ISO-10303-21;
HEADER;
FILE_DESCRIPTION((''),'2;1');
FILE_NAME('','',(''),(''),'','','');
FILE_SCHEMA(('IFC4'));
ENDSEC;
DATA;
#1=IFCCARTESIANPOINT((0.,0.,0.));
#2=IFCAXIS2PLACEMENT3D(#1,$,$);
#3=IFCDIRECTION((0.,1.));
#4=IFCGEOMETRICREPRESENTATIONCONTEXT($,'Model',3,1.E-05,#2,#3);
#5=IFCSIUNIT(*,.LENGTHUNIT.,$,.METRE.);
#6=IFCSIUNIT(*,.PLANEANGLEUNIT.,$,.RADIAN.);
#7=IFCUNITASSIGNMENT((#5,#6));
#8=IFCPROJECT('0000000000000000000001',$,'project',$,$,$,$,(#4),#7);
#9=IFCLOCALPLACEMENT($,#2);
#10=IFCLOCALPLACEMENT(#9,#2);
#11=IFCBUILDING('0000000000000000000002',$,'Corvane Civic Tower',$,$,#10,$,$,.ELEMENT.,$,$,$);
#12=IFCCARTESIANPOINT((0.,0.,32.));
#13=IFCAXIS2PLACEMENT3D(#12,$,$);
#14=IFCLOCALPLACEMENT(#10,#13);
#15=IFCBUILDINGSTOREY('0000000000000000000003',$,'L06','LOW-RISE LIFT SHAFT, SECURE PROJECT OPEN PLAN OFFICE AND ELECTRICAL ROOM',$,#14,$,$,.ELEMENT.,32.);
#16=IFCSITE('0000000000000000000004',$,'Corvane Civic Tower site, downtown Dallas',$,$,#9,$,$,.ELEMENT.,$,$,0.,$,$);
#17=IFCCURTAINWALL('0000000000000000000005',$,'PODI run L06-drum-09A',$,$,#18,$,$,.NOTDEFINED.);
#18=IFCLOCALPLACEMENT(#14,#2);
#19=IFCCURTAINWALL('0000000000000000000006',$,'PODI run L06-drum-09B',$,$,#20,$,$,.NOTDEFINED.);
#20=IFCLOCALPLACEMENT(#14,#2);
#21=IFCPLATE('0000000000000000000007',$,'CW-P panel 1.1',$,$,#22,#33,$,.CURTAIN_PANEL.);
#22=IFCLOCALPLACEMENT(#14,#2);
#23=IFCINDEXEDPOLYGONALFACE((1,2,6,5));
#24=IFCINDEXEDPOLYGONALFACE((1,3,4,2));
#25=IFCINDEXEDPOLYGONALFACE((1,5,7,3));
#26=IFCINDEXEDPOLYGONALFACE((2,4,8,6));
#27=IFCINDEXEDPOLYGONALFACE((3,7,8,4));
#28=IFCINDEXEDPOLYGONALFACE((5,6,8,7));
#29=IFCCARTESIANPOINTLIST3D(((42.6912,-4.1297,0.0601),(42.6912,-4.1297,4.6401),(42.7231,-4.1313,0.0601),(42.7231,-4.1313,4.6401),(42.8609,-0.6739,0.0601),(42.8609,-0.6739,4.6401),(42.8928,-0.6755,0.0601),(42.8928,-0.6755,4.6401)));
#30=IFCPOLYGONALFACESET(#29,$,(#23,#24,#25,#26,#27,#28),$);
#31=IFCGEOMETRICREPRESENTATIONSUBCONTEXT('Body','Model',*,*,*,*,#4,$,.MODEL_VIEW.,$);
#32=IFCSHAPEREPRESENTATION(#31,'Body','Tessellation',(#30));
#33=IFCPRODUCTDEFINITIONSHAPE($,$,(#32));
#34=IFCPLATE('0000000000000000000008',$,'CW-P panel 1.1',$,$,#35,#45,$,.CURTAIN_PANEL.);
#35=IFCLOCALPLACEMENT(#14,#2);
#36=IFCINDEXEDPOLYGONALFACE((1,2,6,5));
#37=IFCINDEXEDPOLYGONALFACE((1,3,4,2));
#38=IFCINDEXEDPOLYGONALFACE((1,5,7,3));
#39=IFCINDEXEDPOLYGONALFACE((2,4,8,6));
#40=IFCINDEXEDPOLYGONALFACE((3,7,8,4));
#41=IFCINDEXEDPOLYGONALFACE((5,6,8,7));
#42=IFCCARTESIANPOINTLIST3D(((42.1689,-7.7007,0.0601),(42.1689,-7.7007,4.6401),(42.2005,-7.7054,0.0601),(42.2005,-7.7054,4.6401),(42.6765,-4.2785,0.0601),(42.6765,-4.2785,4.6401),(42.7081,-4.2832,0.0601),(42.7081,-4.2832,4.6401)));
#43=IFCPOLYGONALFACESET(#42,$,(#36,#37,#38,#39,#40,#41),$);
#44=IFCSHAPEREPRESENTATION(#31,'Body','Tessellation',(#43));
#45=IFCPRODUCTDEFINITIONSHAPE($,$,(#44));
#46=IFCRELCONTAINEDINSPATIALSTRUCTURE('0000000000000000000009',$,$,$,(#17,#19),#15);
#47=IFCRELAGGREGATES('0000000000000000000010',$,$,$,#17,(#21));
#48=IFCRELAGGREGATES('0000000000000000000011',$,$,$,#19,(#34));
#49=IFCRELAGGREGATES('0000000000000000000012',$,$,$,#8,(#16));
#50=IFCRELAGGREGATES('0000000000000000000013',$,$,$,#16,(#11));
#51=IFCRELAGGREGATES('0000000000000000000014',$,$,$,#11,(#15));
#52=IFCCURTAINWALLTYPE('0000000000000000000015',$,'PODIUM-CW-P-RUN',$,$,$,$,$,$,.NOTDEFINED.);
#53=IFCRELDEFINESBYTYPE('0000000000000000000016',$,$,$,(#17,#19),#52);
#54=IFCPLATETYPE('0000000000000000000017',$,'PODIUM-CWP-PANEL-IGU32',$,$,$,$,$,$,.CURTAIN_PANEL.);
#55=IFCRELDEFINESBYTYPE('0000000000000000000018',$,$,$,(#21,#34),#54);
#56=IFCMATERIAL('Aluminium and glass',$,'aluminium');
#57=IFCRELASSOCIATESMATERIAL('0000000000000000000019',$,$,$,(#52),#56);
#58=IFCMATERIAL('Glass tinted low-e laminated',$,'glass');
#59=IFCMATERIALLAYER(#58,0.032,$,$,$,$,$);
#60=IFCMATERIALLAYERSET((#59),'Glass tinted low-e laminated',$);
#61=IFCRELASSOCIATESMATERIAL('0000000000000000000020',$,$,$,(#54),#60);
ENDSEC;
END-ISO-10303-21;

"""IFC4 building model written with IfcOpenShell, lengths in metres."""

from ifc_helpers import new_model, si_unit, direction, frame, origin, origin_2d, place, context, subcontext, project, spatial, rectangle, extrude, material, layer, layer_set, type_object, element, aggregate, save


model = new_model("IFC4")

# Units and contexts
model_context = context("Model", 3, precision=1e-05, world=origin(), true_north=direction((0.0, 1.0)))
body_context = subcontext(model_context, "Body", "Model", "MODEL_VIEW")
ifc_project = project(units=[si_unit("LENGTHUNIT", "METRE"), si_unit("PLANEANGLEUNIT", "RADIAN")], contexts=[model_context])

# Site, building, storey
site_placement = place(None, origin())
site = spatial("IfcSite", under=ifc_project, at=site_placement, Name="Corvane Civic Tower site, downtown Dallas", CompositionType="ELEMENT", RefElevation=0.0)
building_placement = place(site_placement, origin())
building = spatial("IfcBuilding", under=site, at=building_placement, Name="Corvane Civic Tower", CompositionType="ELEMENT")
storey_placement = place(building_placement, frame((0.0, 0.0, 32.0)))
storey = spatial("IfcBuildingStorey", under=building, at=storey_placement, Name="L06", Description="LOW-RISE LIFT SHAFT, SECURE PROJECT OPEN PLAN OFFICE AND ELECTRICAL ROOM", CompositionType="ELEMENT", Elevation=32.0)

# Curtain walls
ifc_material_1 = material(Name="Aluminium and glass", Category="aluminium")
curtain_wall_type = type_object("IfcCurtainWallType", Name="PODIUM-CW-P-RUN", PredefinedType="NOTDEFINED", material=ifc_material_1)
curtain_wall_1_placement = place(storey_placement, origin())
curtain_wall_1 = element("IfcCurtainWall", 1, at=curtain_wall_1_placement, inside=storey, type_object=curtain_wall_type, Name="PODI run L06-drum-09A", PredefinedType="NOTDEFINED")
curtain_wall_2_placement = place(storey_placement, origin())
curtain_wall_2 = element("IfcCurtainWall", 2, at=curtain_wall_2_placement, inside=storey, type_object=curtain_wall_type, Name="PODI run L06-drum-09B", PredefinedType="NOTDEFINED")

# Plates
ifc_material_2 = material(Name="Glass tinted low-e laminated", Category="glass")
ifc_layer_1 = layer(ifc_material_2, 0.032)
ifc_layer_set_1 = layer_set([ifc_layer_1], Name="Glass tinted low-e laminated")
plate_type = type_object("IfcPlateType", Name="PODIUM-CWP-PANEL-IGU32", PredefinedType="CURTAIN_PANEL", material=ifc_layer_set_1)
plate_1_placement = place(storey_placement, frame((42.792, -2.4026, 0.0601), z_axis=(0.0, 0.0, 1.0), x_axis=(-0.04905, -0.998796, 0.0)))
plate_1 = element("IfcPlate", 3, at=plate_1_placement, type_object=plate_type, Name="CW-P panel 1.1", PredefinedType="CURTAIN_PANEL", context=body_context, shape_type="SweptSolid", body=[
    extrude(rectangle(XDim=3.46, YDim=0.032, at=origin_2d()), origin(), (0.0, 0.0, 1.0), 4.5801),
])
aggregate(curtain_wall_1, [plate_1])
plate_2_placement = place(storey_placement, frame((42.4385, -5.9919, 0.0601), z_axis=(0.0, 0.0, 1.0), x_axis=(-0.146715, -0.989179, 0.0)))
plate_2 = element("IfcPlate", 4, at=plate_2_placement, type_object=plate_type, Name="CW-P panel 1.1", PredefinedType="CURTAIN_PANEL", context=body_context, shape_type="SweptSolid", body=[
    extrude(rectangle(XDim=3.4597, YDim=0.032, at=origin_2d()), origin(), (0.0, 0.0, 1.0), 4.5801),
])
aggregate(curtain_wall_2, [plate_2])

save(model, "model.ifc")
